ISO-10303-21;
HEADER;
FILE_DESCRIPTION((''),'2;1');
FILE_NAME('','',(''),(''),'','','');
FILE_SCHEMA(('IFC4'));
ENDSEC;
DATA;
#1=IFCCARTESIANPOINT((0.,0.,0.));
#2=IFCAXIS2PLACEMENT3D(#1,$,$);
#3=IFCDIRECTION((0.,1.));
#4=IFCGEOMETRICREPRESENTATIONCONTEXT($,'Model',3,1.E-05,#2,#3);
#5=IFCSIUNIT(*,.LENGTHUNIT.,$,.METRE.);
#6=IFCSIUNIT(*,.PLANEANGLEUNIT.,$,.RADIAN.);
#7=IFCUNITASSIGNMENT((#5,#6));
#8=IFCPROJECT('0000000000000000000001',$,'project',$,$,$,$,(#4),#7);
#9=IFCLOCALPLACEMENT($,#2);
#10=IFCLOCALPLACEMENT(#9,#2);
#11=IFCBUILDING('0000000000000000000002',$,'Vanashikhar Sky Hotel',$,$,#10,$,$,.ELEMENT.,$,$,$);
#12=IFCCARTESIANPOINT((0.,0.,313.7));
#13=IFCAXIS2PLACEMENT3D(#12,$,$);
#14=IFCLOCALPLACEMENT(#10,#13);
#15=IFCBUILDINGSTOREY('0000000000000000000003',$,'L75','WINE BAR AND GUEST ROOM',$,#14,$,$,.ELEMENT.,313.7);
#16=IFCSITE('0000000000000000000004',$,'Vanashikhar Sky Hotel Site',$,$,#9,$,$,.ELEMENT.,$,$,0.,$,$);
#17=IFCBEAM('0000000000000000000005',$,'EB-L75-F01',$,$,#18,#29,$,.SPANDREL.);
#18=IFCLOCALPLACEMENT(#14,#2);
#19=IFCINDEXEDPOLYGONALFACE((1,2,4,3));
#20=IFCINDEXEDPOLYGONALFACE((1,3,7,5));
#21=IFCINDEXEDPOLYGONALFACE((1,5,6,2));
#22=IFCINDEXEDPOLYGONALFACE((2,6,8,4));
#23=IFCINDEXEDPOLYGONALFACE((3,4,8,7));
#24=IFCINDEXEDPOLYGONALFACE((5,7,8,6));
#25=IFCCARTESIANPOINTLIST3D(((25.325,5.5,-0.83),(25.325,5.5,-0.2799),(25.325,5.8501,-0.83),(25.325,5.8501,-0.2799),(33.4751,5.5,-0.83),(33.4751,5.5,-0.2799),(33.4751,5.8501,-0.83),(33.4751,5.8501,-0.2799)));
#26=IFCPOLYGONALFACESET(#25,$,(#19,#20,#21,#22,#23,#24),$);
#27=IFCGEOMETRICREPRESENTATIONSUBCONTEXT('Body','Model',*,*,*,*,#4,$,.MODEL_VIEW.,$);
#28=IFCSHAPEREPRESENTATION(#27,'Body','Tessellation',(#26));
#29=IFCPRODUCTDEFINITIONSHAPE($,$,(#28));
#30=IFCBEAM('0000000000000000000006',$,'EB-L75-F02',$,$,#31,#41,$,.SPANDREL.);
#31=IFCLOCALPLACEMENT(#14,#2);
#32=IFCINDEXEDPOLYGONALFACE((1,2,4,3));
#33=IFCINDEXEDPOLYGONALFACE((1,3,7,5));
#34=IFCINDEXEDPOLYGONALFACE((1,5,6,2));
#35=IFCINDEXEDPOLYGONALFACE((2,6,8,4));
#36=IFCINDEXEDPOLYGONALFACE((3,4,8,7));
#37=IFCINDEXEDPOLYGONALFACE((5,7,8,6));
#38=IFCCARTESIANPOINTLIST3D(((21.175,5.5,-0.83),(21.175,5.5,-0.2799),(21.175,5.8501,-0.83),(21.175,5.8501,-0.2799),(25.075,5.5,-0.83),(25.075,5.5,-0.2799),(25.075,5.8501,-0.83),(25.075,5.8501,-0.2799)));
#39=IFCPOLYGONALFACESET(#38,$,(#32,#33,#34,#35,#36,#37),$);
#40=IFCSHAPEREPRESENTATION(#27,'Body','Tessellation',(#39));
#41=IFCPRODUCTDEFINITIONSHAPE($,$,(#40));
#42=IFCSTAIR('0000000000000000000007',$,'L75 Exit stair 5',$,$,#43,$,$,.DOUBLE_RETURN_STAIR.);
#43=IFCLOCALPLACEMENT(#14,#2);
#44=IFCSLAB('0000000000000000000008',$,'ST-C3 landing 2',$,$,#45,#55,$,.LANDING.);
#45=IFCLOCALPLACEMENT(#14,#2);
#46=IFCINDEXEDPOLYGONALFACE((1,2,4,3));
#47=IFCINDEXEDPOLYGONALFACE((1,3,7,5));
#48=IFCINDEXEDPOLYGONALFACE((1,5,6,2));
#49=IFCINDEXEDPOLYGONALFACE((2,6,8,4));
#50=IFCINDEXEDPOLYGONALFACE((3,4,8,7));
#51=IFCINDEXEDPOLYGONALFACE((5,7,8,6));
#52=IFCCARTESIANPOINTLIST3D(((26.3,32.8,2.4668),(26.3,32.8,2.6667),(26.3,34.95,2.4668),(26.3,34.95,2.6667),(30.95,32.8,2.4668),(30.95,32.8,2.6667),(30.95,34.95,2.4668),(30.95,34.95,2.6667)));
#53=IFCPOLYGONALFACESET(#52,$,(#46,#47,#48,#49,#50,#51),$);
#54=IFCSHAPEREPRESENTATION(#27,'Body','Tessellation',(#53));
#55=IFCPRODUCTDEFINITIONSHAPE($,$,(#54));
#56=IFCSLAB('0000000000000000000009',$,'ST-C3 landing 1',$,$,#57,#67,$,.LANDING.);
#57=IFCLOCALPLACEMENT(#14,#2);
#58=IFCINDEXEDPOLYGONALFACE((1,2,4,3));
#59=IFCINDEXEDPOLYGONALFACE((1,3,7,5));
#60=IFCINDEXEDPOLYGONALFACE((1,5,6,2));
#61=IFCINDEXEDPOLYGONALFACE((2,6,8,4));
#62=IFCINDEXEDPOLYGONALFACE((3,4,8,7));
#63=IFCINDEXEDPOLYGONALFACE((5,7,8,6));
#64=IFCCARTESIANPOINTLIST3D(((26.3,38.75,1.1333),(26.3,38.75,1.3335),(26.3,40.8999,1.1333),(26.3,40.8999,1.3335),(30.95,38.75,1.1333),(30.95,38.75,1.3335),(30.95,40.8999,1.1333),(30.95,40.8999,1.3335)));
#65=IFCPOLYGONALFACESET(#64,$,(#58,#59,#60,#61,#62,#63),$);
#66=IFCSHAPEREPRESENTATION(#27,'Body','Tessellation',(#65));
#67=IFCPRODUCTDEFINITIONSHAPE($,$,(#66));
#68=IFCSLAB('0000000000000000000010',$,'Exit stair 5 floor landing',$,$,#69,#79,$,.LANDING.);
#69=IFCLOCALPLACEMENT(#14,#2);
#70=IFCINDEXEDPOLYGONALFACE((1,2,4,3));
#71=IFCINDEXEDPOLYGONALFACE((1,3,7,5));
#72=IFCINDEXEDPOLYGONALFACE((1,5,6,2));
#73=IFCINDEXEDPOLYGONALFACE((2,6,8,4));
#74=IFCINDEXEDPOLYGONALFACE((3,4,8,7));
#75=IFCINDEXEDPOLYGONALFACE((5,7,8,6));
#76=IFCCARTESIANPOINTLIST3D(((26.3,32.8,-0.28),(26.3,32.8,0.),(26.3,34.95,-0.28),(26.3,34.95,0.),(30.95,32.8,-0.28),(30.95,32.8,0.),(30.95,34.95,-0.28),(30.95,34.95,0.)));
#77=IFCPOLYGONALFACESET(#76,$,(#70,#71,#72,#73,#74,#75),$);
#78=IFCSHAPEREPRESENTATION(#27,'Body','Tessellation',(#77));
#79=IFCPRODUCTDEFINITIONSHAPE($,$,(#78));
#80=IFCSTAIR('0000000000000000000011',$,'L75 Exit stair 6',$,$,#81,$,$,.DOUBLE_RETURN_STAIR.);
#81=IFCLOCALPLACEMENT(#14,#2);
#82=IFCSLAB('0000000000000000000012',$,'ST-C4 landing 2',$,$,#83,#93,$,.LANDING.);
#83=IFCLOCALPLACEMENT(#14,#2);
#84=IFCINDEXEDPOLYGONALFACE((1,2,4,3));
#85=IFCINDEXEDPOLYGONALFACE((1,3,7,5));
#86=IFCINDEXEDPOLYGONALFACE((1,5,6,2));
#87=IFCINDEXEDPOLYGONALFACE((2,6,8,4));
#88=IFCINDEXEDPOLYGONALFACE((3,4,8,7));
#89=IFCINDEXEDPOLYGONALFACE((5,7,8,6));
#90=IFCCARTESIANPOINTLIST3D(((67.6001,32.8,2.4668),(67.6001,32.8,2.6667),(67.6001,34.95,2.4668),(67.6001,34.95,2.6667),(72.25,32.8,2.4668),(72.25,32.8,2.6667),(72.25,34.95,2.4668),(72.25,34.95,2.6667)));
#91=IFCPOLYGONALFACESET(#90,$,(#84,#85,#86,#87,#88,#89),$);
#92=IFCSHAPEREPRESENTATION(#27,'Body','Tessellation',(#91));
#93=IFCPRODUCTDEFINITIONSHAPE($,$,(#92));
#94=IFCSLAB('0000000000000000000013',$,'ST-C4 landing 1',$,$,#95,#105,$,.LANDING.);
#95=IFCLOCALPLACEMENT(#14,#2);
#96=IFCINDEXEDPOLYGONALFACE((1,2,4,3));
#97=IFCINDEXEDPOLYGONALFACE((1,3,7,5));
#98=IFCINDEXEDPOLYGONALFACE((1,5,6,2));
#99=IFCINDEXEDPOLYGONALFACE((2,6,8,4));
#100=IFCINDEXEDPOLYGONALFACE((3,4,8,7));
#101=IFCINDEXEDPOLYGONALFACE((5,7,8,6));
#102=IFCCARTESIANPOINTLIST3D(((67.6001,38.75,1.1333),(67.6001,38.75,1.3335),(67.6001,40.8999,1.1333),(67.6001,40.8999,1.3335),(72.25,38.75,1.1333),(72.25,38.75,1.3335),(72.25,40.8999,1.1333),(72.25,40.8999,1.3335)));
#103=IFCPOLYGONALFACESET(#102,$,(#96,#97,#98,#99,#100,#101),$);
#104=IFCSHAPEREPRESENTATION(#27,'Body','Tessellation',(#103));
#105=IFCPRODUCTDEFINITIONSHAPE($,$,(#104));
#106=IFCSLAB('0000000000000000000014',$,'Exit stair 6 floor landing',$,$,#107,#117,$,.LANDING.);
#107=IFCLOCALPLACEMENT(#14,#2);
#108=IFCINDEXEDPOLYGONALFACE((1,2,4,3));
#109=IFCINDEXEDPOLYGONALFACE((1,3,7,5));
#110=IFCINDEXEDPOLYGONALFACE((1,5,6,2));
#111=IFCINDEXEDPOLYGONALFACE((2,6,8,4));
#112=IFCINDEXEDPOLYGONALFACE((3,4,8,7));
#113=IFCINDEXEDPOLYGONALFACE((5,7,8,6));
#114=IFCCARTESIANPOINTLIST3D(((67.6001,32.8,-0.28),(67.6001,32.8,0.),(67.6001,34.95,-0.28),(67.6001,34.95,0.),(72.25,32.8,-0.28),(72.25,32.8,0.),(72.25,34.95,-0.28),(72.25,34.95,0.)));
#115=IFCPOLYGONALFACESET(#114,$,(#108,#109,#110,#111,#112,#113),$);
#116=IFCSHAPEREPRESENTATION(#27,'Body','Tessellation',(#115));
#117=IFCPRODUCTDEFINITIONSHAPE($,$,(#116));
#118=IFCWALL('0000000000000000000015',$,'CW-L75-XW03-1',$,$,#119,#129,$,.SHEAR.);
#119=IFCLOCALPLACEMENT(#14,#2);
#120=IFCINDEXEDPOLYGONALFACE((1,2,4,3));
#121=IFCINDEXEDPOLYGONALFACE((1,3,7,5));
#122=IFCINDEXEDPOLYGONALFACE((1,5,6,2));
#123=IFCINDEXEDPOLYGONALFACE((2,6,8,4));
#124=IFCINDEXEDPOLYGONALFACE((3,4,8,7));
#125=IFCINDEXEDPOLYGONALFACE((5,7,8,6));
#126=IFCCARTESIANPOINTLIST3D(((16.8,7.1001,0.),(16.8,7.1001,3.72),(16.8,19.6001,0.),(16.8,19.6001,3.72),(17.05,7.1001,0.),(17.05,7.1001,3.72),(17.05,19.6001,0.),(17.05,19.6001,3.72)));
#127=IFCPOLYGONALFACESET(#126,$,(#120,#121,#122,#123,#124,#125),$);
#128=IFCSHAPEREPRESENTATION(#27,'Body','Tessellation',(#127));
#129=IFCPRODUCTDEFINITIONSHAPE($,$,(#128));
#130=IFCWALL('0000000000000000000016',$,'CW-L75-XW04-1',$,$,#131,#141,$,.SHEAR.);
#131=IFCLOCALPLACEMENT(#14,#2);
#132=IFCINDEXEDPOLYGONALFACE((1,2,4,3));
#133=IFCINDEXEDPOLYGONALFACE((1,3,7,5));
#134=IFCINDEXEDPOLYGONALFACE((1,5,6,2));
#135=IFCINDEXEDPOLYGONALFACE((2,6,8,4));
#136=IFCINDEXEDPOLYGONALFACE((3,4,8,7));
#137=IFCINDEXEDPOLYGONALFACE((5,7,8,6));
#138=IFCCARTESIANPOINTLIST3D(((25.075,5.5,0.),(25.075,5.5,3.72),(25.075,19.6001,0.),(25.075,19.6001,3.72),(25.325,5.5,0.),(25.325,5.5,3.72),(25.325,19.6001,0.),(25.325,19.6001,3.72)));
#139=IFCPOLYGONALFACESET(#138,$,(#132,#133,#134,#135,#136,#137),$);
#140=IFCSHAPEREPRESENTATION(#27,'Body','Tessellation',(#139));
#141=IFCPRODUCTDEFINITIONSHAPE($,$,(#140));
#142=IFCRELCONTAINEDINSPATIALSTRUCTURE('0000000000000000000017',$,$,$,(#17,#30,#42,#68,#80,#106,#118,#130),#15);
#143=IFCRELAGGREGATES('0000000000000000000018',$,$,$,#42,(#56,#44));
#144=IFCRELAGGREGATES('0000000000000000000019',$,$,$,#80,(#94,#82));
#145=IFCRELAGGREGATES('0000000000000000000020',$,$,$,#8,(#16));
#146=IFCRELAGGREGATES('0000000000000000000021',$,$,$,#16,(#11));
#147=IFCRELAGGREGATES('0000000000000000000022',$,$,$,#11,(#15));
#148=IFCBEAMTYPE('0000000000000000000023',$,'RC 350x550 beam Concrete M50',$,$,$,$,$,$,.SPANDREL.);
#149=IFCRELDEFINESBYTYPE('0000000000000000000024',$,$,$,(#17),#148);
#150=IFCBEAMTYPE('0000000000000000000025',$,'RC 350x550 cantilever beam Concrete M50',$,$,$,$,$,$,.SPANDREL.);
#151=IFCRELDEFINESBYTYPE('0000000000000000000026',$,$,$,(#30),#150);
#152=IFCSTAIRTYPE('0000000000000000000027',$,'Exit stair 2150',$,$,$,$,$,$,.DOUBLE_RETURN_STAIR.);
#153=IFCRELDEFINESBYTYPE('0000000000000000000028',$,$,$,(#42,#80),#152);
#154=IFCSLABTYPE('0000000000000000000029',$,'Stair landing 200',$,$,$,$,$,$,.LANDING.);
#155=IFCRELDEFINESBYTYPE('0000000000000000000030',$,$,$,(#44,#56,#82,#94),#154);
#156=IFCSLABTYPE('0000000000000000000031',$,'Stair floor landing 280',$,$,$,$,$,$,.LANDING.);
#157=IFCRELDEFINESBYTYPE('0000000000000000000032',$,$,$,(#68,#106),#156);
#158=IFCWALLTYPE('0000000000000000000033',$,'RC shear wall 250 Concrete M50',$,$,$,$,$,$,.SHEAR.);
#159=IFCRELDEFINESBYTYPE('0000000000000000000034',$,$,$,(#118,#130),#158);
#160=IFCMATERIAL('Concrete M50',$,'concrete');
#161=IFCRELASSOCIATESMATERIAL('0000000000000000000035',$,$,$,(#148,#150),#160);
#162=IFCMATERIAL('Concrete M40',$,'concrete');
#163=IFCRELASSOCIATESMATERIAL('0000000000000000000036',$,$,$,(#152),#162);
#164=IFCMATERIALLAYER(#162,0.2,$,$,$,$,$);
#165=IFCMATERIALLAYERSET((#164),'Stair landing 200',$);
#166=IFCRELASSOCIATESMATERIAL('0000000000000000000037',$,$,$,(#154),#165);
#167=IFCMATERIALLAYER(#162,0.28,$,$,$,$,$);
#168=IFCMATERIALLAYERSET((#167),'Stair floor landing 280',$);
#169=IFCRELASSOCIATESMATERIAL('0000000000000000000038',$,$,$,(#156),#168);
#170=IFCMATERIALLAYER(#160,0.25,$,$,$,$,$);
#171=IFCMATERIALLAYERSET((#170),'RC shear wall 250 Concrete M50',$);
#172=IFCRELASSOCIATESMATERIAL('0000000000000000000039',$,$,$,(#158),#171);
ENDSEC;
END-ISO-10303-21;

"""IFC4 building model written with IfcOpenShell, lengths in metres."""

from ifc_helpers import new_model, si_unit, direction, frame, frame_2d, origin, origin_2d, place, context, subcontext, project, spatial, polyline, rectangle, outline, extrude, source, transform, mapped, material, layer, layer_set, material_profile, profile_set, type_object, element, aggregate, save


model = new_model("IFC4")

# Units and contexts
model_context = context("Model", 3, precision=1e-05, world=origin(), true_north=direction((0.0, 1.0)))
body_context = subcontext(model_context, "Body", "Model", "MODEL_VIEW")
ifc_project = project(units=[si_unit("LENGTHUNIT", "METRE"), si_unit("PLANEANGLEUNIT", "RADIAN")], contexts=[model_context])

# Site, building, storey
site_placement = place(None, origin())
site = spatial("IfcSite", under=ifc_project, at=site_placement, Name="Vanashikhar Sky Hotel Site", CompositionType="ELEMENT", RefElevation=0.0)
building_placement = place(site_placement, origin())
building = spatial("IfcBuilding", under=site, at=building_placement, Name="Vanashikhar Sky Hotel", CompositionType="ELEMENT")
storey_placement = place(building_placement, frame((0.0, 0.0, 313.7)))
storey = spatial("IfcBuildingStorey", under=building, at=storey_placement, Name="L75", Description="WINE BAR AND GUEST ROOM", CompositionType="ELEMENT", Elevation=313.7)

# Beams
ifc_material_1 = material(Name="Concrete M50", Category="concrete")
ifc_material_profile_1 = material_profile(ifc_material_1, rectangle(XDim=0.3501, YDim=0.55, at=origin_2d()))
ifc_profile_set_1 = profile_set([ifc_material_profile_1], Name="RC 350x550 beam Concrete M50")
beam_type_1 = type_object("IfcBeamType", Name="RC 350x550 beam Concrete M50", PredefinedType="SPANDREL", material=ifc_profile_set_1)
shared_shape_1 = source(origin(), body_context, "Body", "SweptSolid", [
    extrude(rectangle(XDim=0.3501, YDim=0.55, at=origin_2d()), origin(), (0.0, 0.0, 1.0), 8.1501),
])
beam_1_placement = place(storey_placement, frame((25.325, 5.675, -0.5549), z_axis=(1.0, 0.0, 0.0), x_axis=(0.0, 1.0, 0.0)))
element("IfcBeam", 1, at=beam_1_placement, inside=storey, type_object=beam_type_1, Name="EB-L75-F01", PredefinedType="SPANDREL", context=body_context, shape_type="MappedRepresentation", body=[
    mapped(shared_shape_1, transform((0.0, 0.0, 0.0), scale=1.0)),
])
ifc_material_profile_2 = material_profile(ifc_material_1, rectangle(XDim=0.3501, YDim=0.55, at=origin_2d()))
ifc_profile_set_2 = profile_set([ifc_material_profile_2], Name="RC 350x550 cantilever beam Concrete M50")
beam_type_2 = type_object("IfcBeamType", Name="RC 350x550 cantilever beam Concrete M50", PredefinedType="SPANDREL", material=ifc_profile_set_2)
shared_shape_2 = source(origin(), body_context, "Body", "SweptSolid", [
    extrude(rectangle(XDim=0.3501, YDim=0.55, at=origin_2d()), origin(), (0.0, 0.0, 1.0), 3.8999),
])
beam_2_placement = place(storey_placement, frame((21.175, 5.675, -0.5549), z_axis=(1.0, 0.0, 0.0), x_axis=(0.0, 1.0, 0.0)))
element("IfcBeam", 2, at=beam_2_placement, inside=storey, type_object=beam_type_2, Name="EB-L75-F02", PredefinedType="SPANDREL", context=body_context, shape_type="MappedRepresentation", body=[
    mapped(shared_shape_2, transform((0.0, 0.0, 0.0), scale=1.0)),
])

# Stair, slabs
ifc_material_2 = material(Name="Concrete M40", Category="concrete")
stair_type = type_object("IfcStairType", Name="Exit stair 2150", PredefinedType="DOUBLE_RETURN_STAIR", material=ifc_material_2)
stair_1_placement = place(storey_placement, origin())
stair_1 = element("IfcStair", 3, at=stair_1_placement, inside=storey, type_object=stair_type, Name="L75 Exit stair 5", PredefinedType="DOUBLE_RETURN_STAIR")
ifc_layer_1 = layer(ifc_material_2, 0.2)
ifc_layer_set_1 = layer_set([ifc_layer_1], Name="Stair landing 200")
slab_type_1 = type_object("IfcSlabType", Name="Stair landing 200", PredefinedType="LANDING", material=ifc_layer_set_1)
shared_shape_3 = source(origin(), body_context, "Body", "SweptSolid", [
    extrude(outline(polyline([(30.95, 32.8), (30.95, 34.95), (26.3, 34.95), (26.3, 32.8), (30.95, 32.8)])), origin(), (0.0, 0.0, 1.0), 0.2),
])
slab_1_placement = place(storey_placement, frame((0.0, 0.0, 2.4668)))
slab_1 = element("IfcSlab", 4, at=slab_1_placement, type_object=slab_type_1, Name="ST-C3 landing 2", PredefinedType="LANDING", context=body_context, shape_type="MappedRepresentation", body=[
    mapped(shared_shape_3, transform((0.0, 0.0, 0.0), scale=1.0)),
])
shared_shape_4 = source(origin(), body_context, "Body", "SweptSolid", [
    extrude(outline(polyline([(30.95, 38.75), (30.95, 40.8999), (26.3, 40.8999), (26.3, 38.75), (30.95, 38.75)])), origin(), (0.0, 0.0, 1.0), 0.2002),
])
slab_2_placement = place(storey_placement, frame((0.0, 0.0, 1.1333)))
slab_2 = element("IfcSlab", 5, at=slab_2_placement, type_object=slab_type_1, Name="ST-C3 landing 1", PredefinedType="LANDING", context=body_context, shape_type="MappedRepresentation", body=[
    mapped(shared_shape_4, transform((0.0, 0.0, 0.0), scale=1.0)),
])
aggregate(stair_1, [slab_2, slab_1])

# Slab
ifc_layer_2 = layer(ifc_material_2, 0.28)
ifc_layer_set_2 = layer_set([ifc_layer_2], Name="Stair floor landing 280")
slab_type_2 = type_object("IfcSlabType", Name="Stair floor landing 280", PredefinedType="LANDING", material=ifc_layer_set_2)
shared_shape_5 = source(origin(), body_context, "Body", "SweptSolid", [
    extrude(outline(polyline([(30.95, 32.8), (30.95, 34.95), (26.3, 34.95), (26.3, 32.8), (30.95, 32.8)])), origin(), (0.0, 0.0, 1.0), 0.28),
])
slab_3_placement = place(storey_placement, frame((0.0, 0.0, -0.28)))
element("IfcSlab", 6, at=slab_3_placement, inside=storey, type_object=slab_type_2, Name="Exit stair 5 floor landing", PredefinedType="LANDING", context=body_context, shape_type="MappedRepresentation", body=[
    mapped(shared_shape_5, transform((0.0, 0.0, 0.0), scale=1.0)),
])

# Stair, slabs
stair_2_placement = place(storey_placement, origin())
stair_2 = element("IfcStair", 7, at=stair_2_placement, inside=storey, type_object=stair_type, Name="L75 Exit stair 6", PredefinedType="DOUBLE_RETURN_STAIR")
shared_shape_6 = source(origin(), body_context, "Body", "SweptSolid", [
    extrude(outline(polyline([(72.25, 32.8), (72.25, 34.95), (67.6001, 34.95), (67.6001, 32.8), (72.25, 32.8)])), origin(), (0.0, 0.0, 1.0), 0.2),
])
slab_4_placement = place(storey_placement, frame((0.0, 0.0, 2.4668)))
slab_4 = element("IfcSlab", 8, at=slab_4_placement, type_object=slab_type_1, Name="ST-C4 landing 2", PredefinedType="LANDING", context=body_context, shape_type="MappedRepresentation", body=[
    mapped(shared_shape_6, transform((0.0, 0.0, 0.0), scale=1.0)),
])
shared_shape_7 = source(origin(), body_context, "Body", "SweptSolid", [
    extrude(outline(polyline([(72.25, 38.75), (72.25, 40.8999), (67.6001, 40.8999), (67.6001, 38.75), (72.25, 38.75)])), origin(), (0.0, 0.0, 1.0), 0.2002),
])
slab_5_placement = place(storey_placement, frame((0.0, 0.0, 1.1333)))
slab_5 = element("IfcSlab", 9, at=slab_5_placement, type_object=slab_type_1, Name="ST-C4 landing 1", PredefinedType="LANDING", context=body_context, shape_type="MappedRepresentation", body=[
    mapped(shared_shape_7, transform((0.0, 0.0, 0.0), scale=1.0)),
])
aggregate(stair_2, [slab_5, slab_4])

# Slab
shared_shape_8 = source(origin(), body_context, "Body", "SweptSolid", [
    extrude(outline(polyline([(72.25, 32.8), (72.25, 34.95), (67.6001, 34.95), (67.6001, 32.8), (72.25, 32.8)])), origin(), (0.0, 0.0, 1.0), 0.28),
])
slab_6_placement = place(storey_placement, frame((0.0, 0.0, -0.28)))
element("IfcSlab", 10, at=slab_6_placement, inside=storey, type_object=slab_type_2, Name="Exit stair 6 floor landing", PredefinedType="LANDING", context=body_context, shape_type="MappedRepresentation", body=[
    mapped(shared_shape_8, transform((0.0, 0.0, 0.0), scale=1.0)),
])

# Walls
ifc_layer_3 = layer(ifc_material_1, 0.25)
ifc_layer_set_3 = layer_set([ifc_layer_3], Name="RC shear wall 250 Concrete M50")
wall_type_1 = type_object("IfcWallType", Name="RC shear wall 250 Concrete M50", PredefinedType="SHEAR", material=ifc_layer_set_3)
shared_shape_9 = source(origin(), body_context, "Body", "SweptSolid", [
    extrude(rectangle(XDim=12.5, YDim=0.25, at=frame_2d((6.25, 0.0))), origin(), (0.0, 0.0, 1.0), 3.72),
])
wall_1_placement = place(storey_placement, frame((16.925, 7.1001, 0.0), z_axis=(0.0, 0.0, 1.0), x_axis=(0.0, 1.0, 0.0)))
element("IfcWall", 11, at=wall_1_placement, inside=storey, type_object=wall_type_1, Name="CW-L75-XW03-1", PredefinedType="SHEAR", context=body_context, shape_type="MappedRepresentation", body=[
    mapped(shared_shape_9, transform((0.0, 0.0, 0.0), scale=1.0)),
])
shared_shape_10 = source(origin(), body_context, "Body", "SweptSolid", [
    extrude(rectangle(XDim=14.1001, YDim=0.25, at=frame_2d((7.05, 0.0))), origin(), (0.0, 0.0, 1.0), 3.72),
])
wall_2_placement = place(storey_placement, frame((25.2, 5.5, 0.0), z_axis=(0.0, 0.0, 1.0), x_axis=(0.0, 1.0, 0.0)))
element("IfcWall", 12, at=wall_2_placement, inside=storey, type_object=wall_type_1, Name="CW-L75-XW04-1", PredefinedType="SHEAR", context=body_context, shape_type="MappedRepresentation", body=[
    mapped(shared_shape_10, transform((0.0, 0.0, 0.0), scale=1.0)),
])

save(model, "model.ifc")
